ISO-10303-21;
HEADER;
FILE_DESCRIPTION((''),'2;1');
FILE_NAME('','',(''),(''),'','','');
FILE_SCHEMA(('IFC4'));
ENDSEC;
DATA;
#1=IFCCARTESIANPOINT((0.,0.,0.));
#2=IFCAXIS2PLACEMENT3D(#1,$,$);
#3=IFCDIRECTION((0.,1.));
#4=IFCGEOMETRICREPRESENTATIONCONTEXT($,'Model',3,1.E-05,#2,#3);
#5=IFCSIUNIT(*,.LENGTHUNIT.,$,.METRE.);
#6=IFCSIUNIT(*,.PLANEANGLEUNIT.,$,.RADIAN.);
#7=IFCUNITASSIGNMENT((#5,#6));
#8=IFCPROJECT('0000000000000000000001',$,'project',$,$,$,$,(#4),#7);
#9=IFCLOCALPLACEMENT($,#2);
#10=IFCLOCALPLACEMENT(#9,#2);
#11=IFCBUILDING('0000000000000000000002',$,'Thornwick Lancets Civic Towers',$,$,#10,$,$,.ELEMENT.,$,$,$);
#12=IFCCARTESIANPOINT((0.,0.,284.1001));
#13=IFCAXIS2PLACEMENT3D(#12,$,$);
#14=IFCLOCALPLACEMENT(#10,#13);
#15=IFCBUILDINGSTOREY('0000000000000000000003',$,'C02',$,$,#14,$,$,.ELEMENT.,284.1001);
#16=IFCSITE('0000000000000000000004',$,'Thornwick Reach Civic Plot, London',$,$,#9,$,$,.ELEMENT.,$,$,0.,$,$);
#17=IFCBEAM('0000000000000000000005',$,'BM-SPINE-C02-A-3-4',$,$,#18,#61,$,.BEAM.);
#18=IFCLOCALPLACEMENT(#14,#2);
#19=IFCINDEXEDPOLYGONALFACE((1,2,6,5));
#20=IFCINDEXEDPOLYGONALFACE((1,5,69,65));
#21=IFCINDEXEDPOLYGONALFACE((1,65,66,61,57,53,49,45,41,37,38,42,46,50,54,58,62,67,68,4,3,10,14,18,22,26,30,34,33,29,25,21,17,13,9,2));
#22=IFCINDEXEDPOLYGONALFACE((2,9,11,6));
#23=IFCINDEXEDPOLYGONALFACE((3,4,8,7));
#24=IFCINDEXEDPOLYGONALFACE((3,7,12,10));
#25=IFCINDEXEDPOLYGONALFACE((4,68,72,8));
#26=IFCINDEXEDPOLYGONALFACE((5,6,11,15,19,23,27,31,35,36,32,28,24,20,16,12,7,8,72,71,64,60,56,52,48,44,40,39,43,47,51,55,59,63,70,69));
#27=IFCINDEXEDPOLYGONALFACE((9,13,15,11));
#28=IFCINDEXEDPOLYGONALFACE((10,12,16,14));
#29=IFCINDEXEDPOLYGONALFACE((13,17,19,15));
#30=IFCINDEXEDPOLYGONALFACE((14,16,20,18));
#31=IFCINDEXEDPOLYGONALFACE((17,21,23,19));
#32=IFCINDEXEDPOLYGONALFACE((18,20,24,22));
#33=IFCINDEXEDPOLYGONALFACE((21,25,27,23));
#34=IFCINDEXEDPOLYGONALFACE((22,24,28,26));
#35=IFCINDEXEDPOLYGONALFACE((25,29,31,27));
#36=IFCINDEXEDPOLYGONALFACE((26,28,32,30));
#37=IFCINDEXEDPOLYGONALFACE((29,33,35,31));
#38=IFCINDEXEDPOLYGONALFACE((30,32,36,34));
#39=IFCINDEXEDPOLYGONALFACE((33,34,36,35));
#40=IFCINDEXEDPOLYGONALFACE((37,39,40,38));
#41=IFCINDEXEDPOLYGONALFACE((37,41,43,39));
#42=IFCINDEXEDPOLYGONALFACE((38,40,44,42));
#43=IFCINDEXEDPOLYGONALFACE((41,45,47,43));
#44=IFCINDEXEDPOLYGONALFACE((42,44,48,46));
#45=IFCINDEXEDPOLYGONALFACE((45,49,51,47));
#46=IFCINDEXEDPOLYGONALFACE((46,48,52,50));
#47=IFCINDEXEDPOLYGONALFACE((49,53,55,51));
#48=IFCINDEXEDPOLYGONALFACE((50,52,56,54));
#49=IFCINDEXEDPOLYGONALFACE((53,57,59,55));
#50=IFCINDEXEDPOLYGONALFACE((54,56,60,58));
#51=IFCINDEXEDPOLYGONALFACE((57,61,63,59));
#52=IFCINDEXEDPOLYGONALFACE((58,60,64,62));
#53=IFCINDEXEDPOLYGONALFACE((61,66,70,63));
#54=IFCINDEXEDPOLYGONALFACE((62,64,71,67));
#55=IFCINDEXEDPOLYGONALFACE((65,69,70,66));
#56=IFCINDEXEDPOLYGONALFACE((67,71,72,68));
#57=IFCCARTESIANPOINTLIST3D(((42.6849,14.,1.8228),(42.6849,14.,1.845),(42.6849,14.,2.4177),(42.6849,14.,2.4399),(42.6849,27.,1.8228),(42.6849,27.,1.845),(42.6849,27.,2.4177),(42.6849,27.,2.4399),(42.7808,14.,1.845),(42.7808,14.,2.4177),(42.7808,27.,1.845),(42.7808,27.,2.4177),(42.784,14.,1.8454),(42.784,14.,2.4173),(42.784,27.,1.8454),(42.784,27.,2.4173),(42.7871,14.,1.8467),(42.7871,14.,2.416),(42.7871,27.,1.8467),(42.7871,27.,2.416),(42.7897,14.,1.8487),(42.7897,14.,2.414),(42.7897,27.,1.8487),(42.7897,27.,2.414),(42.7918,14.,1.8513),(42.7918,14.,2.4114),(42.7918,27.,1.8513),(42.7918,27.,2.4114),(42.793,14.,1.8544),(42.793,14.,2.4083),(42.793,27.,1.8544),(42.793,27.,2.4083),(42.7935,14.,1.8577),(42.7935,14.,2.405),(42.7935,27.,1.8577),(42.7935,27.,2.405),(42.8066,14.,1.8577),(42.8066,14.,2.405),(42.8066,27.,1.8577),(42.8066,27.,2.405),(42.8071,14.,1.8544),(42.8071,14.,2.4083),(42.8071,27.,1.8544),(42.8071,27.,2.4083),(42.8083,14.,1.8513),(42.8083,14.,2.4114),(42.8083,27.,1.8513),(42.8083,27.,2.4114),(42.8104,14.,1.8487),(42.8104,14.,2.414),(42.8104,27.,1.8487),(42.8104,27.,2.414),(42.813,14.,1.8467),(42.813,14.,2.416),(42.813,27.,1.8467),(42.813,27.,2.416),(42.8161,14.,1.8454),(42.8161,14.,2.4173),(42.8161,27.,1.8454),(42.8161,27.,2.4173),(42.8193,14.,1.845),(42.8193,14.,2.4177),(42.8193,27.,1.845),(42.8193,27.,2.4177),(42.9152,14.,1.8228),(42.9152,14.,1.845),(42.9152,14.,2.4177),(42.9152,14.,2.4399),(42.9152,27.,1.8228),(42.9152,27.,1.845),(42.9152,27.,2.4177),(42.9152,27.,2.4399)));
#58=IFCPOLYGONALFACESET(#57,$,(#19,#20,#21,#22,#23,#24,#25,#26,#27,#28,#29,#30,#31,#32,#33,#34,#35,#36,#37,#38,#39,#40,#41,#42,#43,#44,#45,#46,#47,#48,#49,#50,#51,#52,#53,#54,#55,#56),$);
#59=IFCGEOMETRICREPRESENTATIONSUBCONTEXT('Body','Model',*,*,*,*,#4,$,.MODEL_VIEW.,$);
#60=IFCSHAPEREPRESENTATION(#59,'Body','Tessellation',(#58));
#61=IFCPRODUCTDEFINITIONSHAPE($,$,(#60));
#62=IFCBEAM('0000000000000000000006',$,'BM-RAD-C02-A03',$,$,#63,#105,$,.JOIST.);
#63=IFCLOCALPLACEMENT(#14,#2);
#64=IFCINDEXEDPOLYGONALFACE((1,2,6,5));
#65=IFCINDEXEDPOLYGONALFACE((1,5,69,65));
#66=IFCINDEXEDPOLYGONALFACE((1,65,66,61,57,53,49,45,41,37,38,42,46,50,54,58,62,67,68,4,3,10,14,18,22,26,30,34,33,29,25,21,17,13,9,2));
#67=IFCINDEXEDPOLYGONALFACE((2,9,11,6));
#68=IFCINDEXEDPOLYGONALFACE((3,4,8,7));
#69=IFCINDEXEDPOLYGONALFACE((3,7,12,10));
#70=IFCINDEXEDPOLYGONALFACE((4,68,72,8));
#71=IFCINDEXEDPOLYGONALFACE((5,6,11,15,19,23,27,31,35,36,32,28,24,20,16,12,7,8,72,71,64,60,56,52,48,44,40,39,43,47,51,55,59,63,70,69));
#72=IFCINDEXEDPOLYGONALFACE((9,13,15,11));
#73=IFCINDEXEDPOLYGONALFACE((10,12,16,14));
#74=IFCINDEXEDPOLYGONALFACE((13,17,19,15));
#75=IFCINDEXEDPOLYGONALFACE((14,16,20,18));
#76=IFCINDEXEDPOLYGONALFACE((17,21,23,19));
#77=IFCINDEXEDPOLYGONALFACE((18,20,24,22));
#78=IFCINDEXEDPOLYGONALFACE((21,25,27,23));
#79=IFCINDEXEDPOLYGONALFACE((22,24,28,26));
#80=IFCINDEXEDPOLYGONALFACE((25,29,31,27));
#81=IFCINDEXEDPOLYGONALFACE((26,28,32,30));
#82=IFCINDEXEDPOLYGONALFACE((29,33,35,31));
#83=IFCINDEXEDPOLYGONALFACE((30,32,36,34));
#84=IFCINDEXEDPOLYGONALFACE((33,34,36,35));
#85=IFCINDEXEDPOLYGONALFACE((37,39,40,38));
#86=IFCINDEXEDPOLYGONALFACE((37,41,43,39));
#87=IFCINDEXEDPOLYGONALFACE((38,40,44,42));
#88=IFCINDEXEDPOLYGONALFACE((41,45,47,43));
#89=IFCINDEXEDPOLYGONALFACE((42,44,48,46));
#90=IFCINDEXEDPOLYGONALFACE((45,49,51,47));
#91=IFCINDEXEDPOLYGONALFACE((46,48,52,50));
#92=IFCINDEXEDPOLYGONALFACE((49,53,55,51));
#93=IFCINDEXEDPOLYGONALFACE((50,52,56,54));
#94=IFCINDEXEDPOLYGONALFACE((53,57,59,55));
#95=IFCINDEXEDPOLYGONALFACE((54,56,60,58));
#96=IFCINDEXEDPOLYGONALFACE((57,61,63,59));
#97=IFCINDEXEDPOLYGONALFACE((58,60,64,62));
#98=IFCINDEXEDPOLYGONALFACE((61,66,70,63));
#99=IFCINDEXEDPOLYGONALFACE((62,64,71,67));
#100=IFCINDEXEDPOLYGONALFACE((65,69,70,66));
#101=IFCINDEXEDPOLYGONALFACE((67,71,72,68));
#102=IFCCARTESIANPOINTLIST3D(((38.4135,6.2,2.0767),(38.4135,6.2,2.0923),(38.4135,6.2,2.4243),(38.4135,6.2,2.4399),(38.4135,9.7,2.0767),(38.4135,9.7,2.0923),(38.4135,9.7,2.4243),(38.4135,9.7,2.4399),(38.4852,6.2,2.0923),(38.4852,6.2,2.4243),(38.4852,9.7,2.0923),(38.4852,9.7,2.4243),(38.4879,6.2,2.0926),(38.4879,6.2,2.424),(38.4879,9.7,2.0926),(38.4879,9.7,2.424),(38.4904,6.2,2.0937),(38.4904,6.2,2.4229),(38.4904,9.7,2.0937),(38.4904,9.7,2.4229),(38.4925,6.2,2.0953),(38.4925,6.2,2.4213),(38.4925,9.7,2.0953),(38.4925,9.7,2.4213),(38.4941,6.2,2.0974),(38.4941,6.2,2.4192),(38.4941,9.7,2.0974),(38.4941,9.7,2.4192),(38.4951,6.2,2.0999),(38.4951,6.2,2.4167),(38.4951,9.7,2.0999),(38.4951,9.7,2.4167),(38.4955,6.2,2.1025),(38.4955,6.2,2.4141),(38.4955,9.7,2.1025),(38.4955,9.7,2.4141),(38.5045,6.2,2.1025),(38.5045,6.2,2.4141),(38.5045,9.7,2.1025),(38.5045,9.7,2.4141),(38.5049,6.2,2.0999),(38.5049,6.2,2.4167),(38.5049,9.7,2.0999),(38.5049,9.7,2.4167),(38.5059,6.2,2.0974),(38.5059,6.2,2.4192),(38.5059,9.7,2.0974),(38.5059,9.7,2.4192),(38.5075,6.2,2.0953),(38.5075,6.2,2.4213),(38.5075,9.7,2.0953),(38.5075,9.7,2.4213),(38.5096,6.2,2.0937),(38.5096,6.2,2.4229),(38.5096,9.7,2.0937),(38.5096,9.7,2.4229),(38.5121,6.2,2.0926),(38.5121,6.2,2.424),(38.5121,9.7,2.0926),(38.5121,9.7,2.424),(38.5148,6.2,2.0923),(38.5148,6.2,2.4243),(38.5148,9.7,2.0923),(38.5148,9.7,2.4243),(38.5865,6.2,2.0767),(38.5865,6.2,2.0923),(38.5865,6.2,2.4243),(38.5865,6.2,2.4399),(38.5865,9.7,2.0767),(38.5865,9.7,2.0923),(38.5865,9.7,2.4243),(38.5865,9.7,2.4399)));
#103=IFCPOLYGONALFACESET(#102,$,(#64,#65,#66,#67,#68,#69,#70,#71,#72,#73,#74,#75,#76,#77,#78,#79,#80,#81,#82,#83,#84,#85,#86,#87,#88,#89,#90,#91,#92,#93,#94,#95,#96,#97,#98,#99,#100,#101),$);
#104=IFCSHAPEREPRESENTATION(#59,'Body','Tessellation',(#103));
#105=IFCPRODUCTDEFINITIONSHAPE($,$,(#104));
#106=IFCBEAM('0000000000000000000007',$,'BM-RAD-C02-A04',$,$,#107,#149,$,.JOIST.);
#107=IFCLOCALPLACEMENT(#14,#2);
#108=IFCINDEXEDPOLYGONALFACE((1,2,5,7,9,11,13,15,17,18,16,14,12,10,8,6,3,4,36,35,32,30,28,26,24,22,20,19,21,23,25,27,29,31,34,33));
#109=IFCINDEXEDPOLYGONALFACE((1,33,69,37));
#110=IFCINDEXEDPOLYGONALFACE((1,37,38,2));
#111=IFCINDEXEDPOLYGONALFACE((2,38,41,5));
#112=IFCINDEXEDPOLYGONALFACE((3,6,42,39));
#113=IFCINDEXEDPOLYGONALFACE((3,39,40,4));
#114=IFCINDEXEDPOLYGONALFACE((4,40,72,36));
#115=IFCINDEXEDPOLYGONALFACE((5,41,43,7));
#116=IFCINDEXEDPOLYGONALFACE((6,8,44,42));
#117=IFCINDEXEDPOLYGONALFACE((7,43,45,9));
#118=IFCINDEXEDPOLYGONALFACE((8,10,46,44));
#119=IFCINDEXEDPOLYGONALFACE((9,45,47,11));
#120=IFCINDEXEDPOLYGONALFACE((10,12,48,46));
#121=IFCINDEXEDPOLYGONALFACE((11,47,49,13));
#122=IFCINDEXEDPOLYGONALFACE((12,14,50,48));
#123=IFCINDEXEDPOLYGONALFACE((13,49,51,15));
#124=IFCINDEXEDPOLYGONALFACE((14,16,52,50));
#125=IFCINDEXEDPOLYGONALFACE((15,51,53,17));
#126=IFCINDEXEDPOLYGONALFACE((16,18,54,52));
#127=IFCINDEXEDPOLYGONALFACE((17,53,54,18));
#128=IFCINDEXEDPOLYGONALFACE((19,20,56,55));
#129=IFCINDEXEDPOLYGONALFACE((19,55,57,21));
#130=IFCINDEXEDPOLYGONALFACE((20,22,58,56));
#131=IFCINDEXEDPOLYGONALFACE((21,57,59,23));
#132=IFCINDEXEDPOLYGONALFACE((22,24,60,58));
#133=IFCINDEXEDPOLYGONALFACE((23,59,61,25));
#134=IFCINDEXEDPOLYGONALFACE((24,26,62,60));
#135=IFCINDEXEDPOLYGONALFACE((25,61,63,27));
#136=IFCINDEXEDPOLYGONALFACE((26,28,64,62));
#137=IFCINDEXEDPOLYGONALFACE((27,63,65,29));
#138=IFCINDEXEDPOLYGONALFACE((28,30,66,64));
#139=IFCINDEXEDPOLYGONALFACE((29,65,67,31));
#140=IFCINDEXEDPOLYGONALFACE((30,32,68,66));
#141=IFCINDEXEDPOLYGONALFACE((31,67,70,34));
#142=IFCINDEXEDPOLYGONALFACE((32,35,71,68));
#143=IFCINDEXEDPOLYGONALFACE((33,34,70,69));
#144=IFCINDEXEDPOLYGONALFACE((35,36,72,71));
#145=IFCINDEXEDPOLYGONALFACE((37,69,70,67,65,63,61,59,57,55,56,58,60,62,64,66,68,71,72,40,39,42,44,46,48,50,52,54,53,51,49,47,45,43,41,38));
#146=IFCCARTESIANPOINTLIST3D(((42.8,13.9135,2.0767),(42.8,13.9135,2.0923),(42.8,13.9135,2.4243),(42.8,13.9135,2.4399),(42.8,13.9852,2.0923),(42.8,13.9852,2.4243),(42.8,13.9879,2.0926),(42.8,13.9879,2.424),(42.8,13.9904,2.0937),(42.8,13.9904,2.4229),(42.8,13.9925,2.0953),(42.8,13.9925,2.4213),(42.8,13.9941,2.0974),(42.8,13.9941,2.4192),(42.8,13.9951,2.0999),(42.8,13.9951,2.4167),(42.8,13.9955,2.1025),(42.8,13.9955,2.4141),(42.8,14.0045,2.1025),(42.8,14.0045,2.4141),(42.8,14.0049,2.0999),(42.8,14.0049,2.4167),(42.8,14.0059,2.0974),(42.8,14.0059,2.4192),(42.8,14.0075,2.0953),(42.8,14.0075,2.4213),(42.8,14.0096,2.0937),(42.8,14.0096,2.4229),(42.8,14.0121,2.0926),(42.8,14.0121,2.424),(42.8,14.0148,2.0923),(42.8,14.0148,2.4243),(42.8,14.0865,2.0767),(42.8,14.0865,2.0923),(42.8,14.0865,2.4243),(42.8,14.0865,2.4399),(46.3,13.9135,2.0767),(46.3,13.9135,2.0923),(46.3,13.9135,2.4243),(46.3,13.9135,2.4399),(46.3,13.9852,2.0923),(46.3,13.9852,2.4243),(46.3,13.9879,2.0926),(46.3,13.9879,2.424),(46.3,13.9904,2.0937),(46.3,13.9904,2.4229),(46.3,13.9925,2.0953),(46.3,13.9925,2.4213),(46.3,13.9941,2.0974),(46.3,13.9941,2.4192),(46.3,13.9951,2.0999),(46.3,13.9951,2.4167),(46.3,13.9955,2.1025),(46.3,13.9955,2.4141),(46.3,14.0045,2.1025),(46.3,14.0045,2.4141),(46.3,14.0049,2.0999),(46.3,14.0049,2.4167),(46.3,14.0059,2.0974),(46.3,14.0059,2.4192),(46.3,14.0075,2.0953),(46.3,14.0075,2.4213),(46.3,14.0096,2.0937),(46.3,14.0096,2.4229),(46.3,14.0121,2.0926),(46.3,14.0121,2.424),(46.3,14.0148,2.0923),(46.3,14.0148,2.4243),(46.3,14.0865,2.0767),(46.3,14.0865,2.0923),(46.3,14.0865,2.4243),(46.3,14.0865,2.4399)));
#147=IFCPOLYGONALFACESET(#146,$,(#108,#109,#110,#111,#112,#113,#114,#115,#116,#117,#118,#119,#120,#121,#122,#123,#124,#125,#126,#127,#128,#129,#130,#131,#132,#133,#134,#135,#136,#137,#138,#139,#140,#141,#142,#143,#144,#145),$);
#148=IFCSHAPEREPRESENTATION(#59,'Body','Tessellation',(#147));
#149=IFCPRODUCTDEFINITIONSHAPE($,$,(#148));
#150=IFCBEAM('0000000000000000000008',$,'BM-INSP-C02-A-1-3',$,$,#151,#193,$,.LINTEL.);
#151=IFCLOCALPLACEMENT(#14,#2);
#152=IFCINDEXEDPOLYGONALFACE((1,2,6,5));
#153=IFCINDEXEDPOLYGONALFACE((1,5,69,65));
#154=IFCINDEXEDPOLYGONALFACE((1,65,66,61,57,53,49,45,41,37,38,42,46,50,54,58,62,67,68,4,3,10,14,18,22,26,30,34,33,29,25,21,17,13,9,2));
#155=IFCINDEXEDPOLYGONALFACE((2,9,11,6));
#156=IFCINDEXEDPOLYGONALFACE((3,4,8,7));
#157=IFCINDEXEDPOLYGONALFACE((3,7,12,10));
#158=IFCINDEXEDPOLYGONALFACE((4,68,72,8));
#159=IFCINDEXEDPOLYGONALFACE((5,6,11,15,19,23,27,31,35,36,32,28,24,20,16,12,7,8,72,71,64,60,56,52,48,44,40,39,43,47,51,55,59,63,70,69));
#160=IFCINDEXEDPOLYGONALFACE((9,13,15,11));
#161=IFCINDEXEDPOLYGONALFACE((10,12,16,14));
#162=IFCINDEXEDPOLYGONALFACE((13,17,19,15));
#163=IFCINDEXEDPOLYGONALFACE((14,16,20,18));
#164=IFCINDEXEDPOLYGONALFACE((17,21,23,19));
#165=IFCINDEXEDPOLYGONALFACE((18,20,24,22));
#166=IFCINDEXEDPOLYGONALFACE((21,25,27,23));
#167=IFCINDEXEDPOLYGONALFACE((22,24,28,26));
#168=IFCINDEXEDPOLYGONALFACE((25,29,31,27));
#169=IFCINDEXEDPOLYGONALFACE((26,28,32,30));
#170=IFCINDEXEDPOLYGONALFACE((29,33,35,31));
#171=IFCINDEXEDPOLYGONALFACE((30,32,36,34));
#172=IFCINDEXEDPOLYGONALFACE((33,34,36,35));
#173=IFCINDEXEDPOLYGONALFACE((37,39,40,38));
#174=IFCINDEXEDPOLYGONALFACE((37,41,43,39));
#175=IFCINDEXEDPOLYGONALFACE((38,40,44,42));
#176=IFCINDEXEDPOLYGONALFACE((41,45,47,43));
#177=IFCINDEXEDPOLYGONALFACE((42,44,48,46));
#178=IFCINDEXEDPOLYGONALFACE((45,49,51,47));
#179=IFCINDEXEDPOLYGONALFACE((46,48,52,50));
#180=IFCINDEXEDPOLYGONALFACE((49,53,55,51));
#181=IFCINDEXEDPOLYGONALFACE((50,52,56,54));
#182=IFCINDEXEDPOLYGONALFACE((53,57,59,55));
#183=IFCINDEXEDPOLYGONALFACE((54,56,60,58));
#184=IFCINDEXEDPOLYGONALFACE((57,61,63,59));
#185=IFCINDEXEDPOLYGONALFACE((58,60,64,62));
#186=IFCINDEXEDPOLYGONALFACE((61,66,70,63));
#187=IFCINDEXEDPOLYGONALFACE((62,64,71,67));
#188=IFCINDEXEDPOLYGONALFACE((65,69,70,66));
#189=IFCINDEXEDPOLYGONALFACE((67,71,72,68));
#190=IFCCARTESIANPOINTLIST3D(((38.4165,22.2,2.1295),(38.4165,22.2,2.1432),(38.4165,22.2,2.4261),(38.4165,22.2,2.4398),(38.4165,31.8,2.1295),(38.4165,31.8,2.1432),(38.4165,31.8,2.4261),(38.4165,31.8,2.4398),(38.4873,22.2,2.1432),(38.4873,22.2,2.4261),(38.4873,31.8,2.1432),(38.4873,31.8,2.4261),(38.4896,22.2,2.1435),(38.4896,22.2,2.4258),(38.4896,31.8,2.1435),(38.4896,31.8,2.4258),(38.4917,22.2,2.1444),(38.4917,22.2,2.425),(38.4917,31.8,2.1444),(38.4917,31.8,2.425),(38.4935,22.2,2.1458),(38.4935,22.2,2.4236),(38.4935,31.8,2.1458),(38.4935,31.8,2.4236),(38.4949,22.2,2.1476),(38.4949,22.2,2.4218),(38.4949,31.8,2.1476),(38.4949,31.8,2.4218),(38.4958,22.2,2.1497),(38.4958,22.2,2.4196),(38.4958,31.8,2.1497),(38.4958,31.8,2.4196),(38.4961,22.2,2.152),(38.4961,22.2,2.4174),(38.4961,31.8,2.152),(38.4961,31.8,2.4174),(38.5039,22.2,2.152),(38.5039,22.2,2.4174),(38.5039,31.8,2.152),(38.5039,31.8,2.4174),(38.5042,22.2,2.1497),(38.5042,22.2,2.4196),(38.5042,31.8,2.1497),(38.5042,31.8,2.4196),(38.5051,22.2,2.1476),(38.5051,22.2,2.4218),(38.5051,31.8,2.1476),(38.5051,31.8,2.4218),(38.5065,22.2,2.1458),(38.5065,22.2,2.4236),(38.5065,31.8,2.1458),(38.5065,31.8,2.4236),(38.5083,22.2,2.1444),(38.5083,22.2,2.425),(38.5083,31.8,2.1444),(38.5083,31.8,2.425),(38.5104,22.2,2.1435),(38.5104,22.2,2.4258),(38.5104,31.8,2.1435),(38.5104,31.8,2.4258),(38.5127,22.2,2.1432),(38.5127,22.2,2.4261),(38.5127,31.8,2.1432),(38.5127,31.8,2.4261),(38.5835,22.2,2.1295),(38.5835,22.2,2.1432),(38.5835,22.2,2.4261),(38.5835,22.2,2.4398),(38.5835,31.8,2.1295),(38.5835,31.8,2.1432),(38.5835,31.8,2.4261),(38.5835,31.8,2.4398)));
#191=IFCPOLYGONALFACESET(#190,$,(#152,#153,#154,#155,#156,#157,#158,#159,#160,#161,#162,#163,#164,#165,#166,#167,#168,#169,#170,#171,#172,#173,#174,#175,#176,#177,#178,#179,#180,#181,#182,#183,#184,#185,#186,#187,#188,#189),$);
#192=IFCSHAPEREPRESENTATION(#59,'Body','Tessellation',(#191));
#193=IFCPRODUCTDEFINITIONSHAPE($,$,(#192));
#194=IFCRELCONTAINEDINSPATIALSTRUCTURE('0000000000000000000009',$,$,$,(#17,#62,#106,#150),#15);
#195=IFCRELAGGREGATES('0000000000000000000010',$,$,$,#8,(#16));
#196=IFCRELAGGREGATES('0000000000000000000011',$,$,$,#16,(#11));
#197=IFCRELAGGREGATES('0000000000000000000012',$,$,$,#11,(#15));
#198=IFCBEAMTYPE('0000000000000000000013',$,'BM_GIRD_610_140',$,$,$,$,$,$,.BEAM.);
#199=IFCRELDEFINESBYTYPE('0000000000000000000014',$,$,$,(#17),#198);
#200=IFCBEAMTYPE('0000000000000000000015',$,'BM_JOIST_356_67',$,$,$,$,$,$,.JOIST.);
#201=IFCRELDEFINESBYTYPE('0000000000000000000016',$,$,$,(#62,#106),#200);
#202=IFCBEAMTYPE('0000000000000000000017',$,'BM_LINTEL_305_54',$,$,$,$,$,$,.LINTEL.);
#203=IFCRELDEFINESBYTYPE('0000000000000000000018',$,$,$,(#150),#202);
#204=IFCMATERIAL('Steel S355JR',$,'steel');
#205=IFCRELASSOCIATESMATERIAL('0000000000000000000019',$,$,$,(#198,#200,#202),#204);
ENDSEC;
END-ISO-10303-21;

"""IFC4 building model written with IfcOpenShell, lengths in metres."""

from ifc_helpers import new_model, si_unit, direction, frame, origin, origin_2d, place, context, subcontext, project, spatial, i_section, extrude, material, material_profile, profile_set, type_object, element, save


model = new_model("IFC4")

# Units and contexts
model_context = context("Model", 3, precision=1e-05, world=origin(), true_north=direction((0.0, 1.0)))
body_context = subcontext(model_context, "Body", "Model", "MODEL_VIEW")
ifc_project = project(units=[si_unit("LENGTHUNIT", "METRE"), si_unit("PLANEANGLEUNIT", "RADIAN")], contexts=[model_context])

# Site, building, storey
site_placement = place(None, origin())
site = spatial("IfcSite", under=ifc_project, at=site_placement, Name="Thornwick Reach Civic Plot, London", CompositionType="ELEMENT", RefElevation=0.0)
building_placement = place(site_placement, origin())
building = spatial("IfcBuilding", under=site, at=building_placement, Name="Thornwick Lancets Civic Towers", CompositionType="ELEMENT")
storey_placement = place(building_placement, frame((0.0, 0.0, 284.1001)))
storey = spatial("IfcBuildingStorey", under=building, at=storey_placement, Name="C02", CompositionType="ELEMENT", Elevation=284.1001)

# Shared definitions
ifc_material_1 = material(Name="Steel S355JR", Category="steel")

# Beams
ifc_material_profile_1 = material_profile(ifc_material_1, i_section(OverallWidth=0.2302, OverallDepth=0.6172, WebThickness=0.0132, FlangeThickness=0.0222, FilletRadius=0.0127, at=origin_2d()), Name="UKB 610x229x140")
ifc_profile_set_1 = profile_set([ifc_material_profile_1], Name="Steel S355JR")
beam_type_1 = type_object("IfcBeamType", Name="BM_GIRD_610_140", PredefinedType="BEAM", material=ifc_profile_set_1)
beam_1_placement = place(storey_placement, frame((42.8, 14.0, 2.1313), z_axis=(0.0, 1.0, 0.0), x_axis=(-1.0, 0.0, 0.0)))
element("IfcBeam", 1, at=beam_1_placement, inside=storey, type_object=beam_type_1, Name="BM-SPINE-C02-A-3-4", PredefinedType="BEAM", context=body_context, shape_type="SweptSolid", body=[
    extrude(i_section(OverallWidth=0.2302, OverallDepth=0.6172, WebThickness=0.0132, FlangeThickness=0.0222, FilletRadius=0.0127, at=origin_2d()), origin(), (0.0, 0.0, 1.0), 13.0),
])
ifc_material_profile_2 = material_profile(ifc_material_1, i_section(OverallWidth=0.1731, OverallDepth=0.3633, WebThickness=0.009, FlangeThickness=0.0156, FilletRadius=0.0103, at=origin_2d()), Name="UKB 356x171x67")
ifc_profile_set_2 = profile_set([ifc_material_profile_2], Name="Steel S355JR")
beam_type_2 = type_object("IfcBeamType", Name="BM_JOIST_356_67", PredefinedType="JOIST", material=ifc_profile_set_2)
for number, where, z_axis, x_axis, name in (
    (2, (38.5, 9.7, 2.2583), (0.0, -1.0, 0.0), (1.0, 0.0, 0.0), "BM-RAD-C02-A03"),
    (3, (42.8, 14.0, 2.2583), (1.0, 0.0, 0.0), (0.0, 1.0, 0.0), "BM-RAD-C02-A04"),
):
    element("IfcBeam", number, at=place(storey_placement, frame(where, z_axis=z_axis, x_axis=x_axis)), inside=storey, type_object=beam_type_2, Name=name, PredefinedType="JOIST", context=body_context, shape_type="SweptSolid", body=[
        extrude(i_section(OverallWidth=0.1731, OverallDepth=0.3633, WebThickness=0.009, FlangeThickness=0.0156, FilletRadius=0.0103, at=origin_2d()), origin(), (0.0, 0.0, 1.0), 3.5),
    ])
ifc_material_profile_3 = material_profile(ifc_material_1, i_section(OverallWidth=0.167, OverallDepth=0.3103, WebThickness=0.0078, FlangeThickness=0.0137, FilletRadius=0.0088, at=origin_2d()), Name="UKB 305x165x54")
ifc_profile_set_3 = profile_set([ifc_material_profile_3], Name="Steel S355JR")
beam_type_3 = type_object("IfcBeamType", Name="BM_LINTEL_305_54", PredefinedType="LINTEL", material=ifc_profile_set_3)
beam_2_placement = place(storey_placement, frame((38.5, 22.2, 2.2847), z_axis=(0.0, 1.0, 0.0), x_axis=(-1.0, 0.0, 0.0)))
element("IfcBeam", 4, at=beam_2_placement, inside=storey, type_object=beam_type_3, Name="BM-INSP-C02-A-1-3", PredefinedType="LINTEL", context=body_context, shape_type="SweptSolid", body=[
    extrude(i_section(OverallWidth=0.167, OverallDepth=0.3103, WebThickness=0.0078, FlangeThickness=0.0137, FilletRadius=0.0088, at=origin_2d()), origin(), (0.0, 0.0, 1.0), 9.6001),
])

save(model, "model.ifc")
